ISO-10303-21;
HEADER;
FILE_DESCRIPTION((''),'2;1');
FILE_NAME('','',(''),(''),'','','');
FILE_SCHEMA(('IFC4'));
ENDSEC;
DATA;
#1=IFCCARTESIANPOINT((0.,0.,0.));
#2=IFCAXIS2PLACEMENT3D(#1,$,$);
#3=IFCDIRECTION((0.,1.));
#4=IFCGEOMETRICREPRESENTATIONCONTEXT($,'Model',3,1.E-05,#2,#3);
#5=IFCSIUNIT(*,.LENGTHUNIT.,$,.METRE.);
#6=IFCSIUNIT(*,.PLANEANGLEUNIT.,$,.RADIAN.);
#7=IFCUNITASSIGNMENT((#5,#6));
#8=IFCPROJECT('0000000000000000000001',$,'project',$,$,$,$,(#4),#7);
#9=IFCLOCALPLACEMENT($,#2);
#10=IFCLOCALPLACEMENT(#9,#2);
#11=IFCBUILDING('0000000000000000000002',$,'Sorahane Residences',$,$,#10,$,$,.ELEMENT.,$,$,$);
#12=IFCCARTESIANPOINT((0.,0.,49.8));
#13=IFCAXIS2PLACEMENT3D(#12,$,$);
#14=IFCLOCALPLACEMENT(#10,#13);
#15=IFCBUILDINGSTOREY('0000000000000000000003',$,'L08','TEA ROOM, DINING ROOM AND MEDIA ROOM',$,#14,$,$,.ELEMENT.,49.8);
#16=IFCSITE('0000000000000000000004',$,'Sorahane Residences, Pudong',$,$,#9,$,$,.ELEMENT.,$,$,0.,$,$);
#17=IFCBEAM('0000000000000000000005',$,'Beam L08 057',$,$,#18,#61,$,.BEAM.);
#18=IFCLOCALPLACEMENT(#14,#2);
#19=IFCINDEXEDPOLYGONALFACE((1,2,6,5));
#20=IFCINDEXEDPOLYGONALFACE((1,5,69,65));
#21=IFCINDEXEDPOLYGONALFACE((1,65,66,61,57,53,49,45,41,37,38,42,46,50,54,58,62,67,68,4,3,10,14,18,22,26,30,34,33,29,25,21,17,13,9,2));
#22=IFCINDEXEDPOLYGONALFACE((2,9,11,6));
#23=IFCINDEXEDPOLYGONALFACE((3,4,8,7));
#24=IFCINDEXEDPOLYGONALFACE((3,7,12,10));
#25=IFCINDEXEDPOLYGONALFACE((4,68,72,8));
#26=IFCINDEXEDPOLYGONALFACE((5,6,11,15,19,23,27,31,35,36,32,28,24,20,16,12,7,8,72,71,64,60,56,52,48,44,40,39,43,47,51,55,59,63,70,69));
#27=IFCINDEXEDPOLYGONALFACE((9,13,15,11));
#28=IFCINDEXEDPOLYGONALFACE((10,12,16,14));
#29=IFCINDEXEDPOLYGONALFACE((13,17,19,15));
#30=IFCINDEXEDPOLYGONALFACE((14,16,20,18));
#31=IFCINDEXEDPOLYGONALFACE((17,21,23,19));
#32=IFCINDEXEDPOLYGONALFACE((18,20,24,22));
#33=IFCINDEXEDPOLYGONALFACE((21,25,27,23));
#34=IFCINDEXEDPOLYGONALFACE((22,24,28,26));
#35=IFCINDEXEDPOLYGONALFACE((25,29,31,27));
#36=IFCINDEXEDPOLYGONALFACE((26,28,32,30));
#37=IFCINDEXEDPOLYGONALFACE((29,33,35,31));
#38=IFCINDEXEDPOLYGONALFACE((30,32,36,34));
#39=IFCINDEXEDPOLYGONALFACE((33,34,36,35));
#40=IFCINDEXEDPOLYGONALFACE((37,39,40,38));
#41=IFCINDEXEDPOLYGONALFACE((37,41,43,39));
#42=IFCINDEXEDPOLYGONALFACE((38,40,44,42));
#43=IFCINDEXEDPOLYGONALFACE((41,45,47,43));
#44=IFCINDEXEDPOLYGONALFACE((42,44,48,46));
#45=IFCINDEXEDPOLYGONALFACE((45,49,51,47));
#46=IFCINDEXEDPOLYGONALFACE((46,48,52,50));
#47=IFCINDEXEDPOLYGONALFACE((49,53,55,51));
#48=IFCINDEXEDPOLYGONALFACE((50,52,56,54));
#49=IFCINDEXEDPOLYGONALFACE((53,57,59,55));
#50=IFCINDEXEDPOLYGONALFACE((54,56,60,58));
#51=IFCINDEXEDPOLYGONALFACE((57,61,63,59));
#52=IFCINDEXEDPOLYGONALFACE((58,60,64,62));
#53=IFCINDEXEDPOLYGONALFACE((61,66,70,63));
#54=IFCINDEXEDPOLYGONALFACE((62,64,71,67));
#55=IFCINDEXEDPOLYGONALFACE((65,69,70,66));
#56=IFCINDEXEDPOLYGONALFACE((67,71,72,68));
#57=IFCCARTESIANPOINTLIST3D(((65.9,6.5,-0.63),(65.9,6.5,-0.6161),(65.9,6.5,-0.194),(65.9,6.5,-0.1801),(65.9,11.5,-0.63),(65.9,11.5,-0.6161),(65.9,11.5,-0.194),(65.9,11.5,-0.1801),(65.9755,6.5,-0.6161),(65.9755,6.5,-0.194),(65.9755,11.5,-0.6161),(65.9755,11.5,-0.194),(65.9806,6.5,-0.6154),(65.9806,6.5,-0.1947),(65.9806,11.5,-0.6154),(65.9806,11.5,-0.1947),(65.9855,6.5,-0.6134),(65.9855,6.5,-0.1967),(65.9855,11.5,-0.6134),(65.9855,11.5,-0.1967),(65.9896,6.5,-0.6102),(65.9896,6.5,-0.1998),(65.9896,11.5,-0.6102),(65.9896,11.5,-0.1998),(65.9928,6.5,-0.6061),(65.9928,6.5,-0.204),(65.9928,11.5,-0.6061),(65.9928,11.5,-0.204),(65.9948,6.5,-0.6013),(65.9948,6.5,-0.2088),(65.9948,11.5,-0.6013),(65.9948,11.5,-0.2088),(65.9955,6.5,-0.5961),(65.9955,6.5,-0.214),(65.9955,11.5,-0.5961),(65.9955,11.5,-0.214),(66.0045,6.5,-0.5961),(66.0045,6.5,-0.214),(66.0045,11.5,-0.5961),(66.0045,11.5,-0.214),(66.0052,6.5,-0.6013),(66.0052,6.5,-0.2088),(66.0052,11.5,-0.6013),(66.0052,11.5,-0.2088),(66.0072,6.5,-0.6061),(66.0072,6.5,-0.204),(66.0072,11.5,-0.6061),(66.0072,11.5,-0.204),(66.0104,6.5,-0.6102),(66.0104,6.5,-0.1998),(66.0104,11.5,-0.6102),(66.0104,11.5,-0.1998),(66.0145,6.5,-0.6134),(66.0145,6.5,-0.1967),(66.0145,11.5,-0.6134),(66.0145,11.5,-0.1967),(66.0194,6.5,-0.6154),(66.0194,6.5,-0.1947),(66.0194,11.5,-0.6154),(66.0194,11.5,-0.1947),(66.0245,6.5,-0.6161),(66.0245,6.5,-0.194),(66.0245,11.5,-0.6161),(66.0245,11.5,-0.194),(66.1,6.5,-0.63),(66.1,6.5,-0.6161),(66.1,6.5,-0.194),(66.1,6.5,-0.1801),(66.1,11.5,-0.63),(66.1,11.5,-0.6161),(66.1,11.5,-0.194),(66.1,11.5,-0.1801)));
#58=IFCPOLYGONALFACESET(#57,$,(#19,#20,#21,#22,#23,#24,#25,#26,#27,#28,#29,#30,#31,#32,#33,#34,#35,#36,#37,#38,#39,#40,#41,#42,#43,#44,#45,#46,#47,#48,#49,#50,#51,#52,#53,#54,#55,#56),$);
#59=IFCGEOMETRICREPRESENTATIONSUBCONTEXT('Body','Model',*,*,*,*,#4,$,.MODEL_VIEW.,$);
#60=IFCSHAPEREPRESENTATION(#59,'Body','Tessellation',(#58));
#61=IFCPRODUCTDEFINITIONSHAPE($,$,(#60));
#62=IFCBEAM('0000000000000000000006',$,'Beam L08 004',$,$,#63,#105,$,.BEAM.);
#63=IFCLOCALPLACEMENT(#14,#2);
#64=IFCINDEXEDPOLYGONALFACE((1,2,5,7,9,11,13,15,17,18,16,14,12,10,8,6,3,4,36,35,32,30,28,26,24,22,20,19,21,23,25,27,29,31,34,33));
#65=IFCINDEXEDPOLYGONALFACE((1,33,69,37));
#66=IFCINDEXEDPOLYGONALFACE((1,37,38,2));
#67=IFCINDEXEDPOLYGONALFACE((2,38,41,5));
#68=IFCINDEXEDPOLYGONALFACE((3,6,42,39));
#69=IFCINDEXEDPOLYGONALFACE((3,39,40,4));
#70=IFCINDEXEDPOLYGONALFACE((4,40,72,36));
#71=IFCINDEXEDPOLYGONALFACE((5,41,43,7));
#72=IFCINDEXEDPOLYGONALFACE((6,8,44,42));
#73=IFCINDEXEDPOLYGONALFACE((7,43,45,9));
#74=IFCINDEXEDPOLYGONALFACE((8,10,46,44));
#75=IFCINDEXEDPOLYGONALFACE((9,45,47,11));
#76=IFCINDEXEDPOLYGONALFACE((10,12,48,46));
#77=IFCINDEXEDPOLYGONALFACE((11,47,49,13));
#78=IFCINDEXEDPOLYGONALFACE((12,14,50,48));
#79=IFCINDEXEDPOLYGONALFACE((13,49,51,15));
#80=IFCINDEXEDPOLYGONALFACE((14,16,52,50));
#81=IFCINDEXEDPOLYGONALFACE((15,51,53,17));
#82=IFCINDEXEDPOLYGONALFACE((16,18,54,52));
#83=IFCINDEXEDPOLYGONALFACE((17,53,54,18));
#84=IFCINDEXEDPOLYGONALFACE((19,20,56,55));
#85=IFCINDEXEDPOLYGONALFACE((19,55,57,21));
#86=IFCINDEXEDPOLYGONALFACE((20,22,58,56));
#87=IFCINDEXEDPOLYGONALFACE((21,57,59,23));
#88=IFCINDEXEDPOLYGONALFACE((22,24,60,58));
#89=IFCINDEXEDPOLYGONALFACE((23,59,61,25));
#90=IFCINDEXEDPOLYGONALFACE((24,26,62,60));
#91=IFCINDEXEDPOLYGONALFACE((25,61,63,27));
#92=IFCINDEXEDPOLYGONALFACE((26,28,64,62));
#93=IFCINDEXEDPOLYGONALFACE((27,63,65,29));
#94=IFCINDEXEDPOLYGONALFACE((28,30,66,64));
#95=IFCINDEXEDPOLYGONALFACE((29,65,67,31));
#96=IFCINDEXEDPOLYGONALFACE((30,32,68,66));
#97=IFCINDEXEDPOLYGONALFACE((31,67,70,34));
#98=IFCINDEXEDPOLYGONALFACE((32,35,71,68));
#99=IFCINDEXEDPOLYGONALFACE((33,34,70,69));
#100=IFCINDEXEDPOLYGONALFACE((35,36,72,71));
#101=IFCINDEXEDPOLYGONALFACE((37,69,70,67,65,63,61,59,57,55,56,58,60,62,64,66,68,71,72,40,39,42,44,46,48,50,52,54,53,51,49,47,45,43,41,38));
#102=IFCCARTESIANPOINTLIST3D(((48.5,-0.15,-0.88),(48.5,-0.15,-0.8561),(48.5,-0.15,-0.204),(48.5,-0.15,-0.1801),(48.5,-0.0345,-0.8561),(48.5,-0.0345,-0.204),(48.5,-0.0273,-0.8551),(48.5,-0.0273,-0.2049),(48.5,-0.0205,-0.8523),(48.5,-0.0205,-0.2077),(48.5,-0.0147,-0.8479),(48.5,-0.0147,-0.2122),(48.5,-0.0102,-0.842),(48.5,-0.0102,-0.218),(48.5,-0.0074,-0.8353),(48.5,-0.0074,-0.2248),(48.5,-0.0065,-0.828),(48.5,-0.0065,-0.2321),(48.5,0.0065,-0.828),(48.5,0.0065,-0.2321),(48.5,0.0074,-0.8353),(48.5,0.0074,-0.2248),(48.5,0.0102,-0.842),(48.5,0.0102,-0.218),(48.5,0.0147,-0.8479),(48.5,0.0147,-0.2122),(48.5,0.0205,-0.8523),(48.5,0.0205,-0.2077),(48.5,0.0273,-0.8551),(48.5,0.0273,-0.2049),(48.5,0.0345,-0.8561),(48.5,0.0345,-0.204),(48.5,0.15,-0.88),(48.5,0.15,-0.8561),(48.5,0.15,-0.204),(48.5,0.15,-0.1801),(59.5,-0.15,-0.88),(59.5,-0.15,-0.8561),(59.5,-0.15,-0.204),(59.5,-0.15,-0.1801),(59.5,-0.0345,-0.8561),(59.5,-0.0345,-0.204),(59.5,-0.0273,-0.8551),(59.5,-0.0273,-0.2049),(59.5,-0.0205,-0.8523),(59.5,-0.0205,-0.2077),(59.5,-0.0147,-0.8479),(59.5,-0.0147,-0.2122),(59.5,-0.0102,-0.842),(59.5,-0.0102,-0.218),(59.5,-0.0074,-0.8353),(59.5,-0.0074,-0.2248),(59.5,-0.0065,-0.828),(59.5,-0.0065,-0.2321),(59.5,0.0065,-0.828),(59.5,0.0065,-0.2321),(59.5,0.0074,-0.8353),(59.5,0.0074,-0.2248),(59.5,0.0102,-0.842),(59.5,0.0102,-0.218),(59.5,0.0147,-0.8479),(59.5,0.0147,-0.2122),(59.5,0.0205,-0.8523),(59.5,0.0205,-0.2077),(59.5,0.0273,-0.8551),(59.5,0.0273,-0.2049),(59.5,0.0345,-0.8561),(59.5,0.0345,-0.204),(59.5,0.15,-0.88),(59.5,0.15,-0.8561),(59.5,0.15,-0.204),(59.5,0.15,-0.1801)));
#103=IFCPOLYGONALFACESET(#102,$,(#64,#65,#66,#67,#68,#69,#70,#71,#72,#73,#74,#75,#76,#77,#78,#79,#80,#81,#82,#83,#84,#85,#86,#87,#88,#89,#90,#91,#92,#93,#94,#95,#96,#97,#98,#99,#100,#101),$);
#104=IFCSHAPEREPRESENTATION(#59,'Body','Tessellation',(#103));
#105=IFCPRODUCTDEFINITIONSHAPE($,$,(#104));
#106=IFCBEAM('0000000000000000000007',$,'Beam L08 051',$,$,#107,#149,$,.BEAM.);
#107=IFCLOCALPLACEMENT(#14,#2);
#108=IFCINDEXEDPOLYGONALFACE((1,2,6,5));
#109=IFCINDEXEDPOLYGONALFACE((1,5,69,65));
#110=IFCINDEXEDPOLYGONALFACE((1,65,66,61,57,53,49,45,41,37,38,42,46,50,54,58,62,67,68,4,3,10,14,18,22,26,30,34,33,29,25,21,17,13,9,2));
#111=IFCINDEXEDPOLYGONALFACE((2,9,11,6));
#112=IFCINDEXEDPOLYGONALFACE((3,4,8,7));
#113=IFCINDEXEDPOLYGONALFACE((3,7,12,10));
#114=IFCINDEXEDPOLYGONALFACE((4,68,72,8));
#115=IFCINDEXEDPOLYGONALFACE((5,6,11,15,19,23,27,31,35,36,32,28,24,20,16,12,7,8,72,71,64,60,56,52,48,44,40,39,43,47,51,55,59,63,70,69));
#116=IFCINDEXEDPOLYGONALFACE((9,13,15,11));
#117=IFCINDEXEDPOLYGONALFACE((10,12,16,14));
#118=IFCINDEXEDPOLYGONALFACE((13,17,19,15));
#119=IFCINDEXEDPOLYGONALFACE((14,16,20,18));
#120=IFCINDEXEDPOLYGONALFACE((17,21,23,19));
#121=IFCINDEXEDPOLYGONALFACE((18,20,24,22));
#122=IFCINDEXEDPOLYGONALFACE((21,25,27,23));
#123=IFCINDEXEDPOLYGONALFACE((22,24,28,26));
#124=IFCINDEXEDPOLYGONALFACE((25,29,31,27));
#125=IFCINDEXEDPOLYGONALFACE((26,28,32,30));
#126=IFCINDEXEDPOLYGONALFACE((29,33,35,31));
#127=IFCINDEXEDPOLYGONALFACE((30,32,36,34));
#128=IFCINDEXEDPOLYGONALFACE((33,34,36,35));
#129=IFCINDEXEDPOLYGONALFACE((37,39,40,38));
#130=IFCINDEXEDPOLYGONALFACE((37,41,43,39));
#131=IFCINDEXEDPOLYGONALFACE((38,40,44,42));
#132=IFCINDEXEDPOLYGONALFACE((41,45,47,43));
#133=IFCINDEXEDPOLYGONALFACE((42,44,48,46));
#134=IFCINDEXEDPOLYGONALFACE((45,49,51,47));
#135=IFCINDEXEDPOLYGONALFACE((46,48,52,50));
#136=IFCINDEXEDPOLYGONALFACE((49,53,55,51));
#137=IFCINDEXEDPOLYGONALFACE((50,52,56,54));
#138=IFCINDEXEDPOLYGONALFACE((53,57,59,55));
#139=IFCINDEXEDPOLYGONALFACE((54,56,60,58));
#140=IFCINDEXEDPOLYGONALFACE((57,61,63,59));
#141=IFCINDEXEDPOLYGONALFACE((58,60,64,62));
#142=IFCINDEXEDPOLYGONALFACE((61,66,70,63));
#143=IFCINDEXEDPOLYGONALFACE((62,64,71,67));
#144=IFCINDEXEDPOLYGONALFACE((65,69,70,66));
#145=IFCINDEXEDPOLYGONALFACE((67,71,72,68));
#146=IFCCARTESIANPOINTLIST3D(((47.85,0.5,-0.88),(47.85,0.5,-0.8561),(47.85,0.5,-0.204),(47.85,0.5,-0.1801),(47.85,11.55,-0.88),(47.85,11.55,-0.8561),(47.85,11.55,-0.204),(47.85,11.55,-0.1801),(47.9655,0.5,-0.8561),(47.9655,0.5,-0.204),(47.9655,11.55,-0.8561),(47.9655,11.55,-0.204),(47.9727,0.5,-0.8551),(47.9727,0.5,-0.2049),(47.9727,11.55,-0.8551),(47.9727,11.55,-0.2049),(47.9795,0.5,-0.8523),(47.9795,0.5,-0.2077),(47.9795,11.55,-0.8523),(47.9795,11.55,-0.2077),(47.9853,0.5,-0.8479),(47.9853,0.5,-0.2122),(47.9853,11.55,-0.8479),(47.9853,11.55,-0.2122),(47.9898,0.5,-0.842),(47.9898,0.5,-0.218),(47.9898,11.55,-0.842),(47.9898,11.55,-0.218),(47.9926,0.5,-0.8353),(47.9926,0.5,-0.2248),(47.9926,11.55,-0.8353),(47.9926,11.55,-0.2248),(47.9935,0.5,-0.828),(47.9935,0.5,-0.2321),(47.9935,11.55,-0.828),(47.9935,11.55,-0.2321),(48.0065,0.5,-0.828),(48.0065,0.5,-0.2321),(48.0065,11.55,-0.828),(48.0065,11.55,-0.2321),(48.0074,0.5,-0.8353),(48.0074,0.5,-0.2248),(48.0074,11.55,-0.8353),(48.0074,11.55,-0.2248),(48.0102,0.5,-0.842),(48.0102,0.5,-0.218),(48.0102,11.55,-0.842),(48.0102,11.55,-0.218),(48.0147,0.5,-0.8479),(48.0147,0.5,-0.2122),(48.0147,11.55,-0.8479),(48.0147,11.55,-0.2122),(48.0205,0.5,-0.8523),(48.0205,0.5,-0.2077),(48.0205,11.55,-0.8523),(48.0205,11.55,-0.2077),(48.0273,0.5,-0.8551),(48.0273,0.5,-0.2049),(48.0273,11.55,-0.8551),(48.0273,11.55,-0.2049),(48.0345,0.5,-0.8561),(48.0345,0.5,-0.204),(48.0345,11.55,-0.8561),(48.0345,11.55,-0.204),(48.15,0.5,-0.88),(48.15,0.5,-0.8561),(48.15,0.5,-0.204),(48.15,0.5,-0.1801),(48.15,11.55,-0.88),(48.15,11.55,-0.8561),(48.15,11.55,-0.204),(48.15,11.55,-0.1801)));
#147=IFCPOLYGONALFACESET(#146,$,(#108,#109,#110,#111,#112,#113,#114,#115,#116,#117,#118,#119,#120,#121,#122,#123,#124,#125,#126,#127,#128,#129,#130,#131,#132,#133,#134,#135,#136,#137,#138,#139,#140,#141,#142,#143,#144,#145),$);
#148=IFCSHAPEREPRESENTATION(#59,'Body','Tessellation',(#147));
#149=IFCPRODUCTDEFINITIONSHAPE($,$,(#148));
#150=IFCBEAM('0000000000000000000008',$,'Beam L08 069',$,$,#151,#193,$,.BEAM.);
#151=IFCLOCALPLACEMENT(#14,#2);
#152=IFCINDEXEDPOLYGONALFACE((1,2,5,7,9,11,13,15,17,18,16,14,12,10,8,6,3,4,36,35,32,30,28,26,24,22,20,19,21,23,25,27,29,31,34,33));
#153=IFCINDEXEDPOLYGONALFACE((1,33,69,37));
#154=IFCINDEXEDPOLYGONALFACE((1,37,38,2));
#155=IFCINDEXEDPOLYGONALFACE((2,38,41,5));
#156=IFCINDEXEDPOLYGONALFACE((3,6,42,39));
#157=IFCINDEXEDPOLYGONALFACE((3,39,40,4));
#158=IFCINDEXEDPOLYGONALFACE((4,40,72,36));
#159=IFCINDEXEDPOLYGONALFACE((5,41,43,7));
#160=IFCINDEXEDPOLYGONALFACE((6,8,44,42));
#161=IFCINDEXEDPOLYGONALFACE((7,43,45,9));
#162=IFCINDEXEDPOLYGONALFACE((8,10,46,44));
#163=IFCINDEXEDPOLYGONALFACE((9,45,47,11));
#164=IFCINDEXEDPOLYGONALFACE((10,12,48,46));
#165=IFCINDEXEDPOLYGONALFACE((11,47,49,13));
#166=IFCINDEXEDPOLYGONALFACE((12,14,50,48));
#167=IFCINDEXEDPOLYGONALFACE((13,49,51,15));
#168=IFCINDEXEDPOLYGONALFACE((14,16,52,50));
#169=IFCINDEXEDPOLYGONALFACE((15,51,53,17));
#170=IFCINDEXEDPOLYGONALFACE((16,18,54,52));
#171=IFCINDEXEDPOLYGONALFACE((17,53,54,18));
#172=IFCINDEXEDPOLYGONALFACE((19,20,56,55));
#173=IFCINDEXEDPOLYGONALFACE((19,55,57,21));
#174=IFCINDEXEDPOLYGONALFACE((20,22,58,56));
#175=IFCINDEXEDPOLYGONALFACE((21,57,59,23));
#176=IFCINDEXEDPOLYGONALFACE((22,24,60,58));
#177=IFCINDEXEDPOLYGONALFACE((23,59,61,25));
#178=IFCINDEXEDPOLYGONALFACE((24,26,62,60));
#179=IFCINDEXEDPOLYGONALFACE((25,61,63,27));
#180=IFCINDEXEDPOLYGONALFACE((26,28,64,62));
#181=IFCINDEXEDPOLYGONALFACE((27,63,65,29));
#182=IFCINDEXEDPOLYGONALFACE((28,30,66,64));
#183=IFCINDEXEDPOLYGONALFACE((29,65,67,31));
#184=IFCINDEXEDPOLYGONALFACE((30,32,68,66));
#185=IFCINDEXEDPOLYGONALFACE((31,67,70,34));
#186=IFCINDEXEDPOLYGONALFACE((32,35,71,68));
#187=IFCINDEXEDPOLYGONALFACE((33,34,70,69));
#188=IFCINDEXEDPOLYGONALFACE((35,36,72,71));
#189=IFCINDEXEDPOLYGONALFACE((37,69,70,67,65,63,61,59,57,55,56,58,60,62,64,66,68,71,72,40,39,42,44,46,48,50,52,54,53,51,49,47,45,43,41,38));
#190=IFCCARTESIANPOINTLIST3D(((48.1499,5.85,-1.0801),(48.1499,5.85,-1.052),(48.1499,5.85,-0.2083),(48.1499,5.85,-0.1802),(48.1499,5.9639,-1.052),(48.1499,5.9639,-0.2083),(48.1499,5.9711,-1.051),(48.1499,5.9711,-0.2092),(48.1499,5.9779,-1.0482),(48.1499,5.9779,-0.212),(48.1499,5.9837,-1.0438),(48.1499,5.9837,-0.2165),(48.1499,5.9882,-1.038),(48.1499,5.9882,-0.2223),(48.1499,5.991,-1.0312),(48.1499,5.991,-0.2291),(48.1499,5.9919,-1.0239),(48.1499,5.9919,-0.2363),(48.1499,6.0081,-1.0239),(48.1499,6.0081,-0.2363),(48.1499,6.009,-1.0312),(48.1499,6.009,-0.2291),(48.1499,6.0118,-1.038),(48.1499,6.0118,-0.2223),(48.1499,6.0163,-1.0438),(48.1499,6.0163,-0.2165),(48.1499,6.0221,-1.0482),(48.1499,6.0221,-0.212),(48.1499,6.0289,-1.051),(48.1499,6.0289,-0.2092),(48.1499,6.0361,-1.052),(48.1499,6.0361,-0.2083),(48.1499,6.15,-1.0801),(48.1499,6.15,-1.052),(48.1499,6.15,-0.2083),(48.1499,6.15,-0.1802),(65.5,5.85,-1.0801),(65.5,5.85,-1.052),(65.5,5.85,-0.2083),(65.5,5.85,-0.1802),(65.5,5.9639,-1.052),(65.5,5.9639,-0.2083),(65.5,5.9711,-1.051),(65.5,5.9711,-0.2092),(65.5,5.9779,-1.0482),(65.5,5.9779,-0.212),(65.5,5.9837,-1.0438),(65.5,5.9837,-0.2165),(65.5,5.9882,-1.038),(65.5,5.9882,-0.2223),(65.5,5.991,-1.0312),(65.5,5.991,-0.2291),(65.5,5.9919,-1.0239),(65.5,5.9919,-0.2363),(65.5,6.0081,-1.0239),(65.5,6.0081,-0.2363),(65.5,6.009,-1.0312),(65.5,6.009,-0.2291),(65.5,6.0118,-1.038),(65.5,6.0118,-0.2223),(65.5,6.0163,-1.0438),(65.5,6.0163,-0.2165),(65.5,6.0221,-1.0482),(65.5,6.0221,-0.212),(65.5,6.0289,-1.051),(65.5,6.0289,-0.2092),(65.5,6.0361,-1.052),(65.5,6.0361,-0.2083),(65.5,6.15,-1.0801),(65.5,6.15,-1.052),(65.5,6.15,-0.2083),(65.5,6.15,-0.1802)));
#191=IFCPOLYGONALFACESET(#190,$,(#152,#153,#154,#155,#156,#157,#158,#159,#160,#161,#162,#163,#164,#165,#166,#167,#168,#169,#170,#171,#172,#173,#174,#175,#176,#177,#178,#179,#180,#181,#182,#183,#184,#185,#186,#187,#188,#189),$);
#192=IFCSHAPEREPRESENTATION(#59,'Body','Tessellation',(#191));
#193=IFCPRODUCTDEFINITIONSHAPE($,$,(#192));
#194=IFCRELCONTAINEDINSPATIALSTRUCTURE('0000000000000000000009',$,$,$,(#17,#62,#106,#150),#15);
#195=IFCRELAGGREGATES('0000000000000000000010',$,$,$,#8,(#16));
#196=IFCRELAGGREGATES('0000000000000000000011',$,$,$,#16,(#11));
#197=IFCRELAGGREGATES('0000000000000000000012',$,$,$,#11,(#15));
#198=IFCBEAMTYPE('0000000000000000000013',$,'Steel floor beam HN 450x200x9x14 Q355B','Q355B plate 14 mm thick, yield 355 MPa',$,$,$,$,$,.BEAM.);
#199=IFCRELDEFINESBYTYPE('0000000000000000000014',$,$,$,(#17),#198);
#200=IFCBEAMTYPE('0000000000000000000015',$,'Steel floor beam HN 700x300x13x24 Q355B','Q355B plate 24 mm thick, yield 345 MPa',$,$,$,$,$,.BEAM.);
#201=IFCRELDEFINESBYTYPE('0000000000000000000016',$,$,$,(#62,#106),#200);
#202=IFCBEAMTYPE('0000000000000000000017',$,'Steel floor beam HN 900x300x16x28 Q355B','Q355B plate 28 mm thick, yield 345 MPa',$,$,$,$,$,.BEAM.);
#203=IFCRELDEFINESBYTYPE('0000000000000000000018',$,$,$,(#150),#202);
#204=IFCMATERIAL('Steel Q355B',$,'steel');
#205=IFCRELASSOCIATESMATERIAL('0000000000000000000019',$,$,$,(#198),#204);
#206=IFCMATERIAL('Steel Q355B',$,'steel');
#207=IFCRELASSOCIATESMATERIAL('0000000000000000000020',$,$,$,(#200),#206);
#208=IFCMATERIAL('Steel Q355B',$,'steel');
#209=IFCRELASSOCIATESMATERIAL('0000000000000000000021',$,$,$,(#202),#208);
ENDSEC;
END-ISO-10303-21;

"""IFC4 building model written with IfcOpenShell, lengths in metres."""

from ifc_helpers import new_model, si_unit, direction, frame, origin, origin_2d, place, context, subcontext, project, spatial, i_section, extrude, material, material_profile, profile_set, type_object, element, save


model = new_model("IFC4")

# Units and contexts
model_context = context("Model", 3, precision=1e-05, world=origin(), true_north=direction((0.0, 1.0)))
body_context = subcontext(model_context, "Body", "Model", "MODEL_VIEW")
ifc_project = project(units=[si_unit("LENGTHUNIT", "METRE"), si_unit("PLANEANGLEUNIT", "RADIAN")], contexts=[model_context])

# Site, building, storey
site_placement = place(None, origin())
site = spatial("IfcSite", under=ifc_project, at=site_placement, Name="Sorahane Residences, Pudong", CompositionType="ELEMENT", RefElevation=0.0)
building_placement = place(site_placement, origin())
building = spatial("IfcBuilding", under=site, at=building_placement, Name="Sorahane Residences", CompositionType="ELEMENT")
storey_placement = place(building_placement, frame((0.0, 0.0, 49.8)))
storey = spatial("IfcBuildingStorey", under=building, at=storey_placement, Name="L08", Description="TEA ROOM, DINING ROOM AND MEDIA ROOM", CompositionType="ELEMENT", Elevation=49.8)

# Beams
ifc_material_1 = material(Name="Steel Q355B", Category="steel")
ifc_material_profile_1 = material_profile(ifc_material_1, i_section(OverallWidth=0.2, OverallDepth=0.45, WebThickness=0.009, FlangeThickness=0.0139, FilletRadius=0.02, at=origin_2d()), Name="HN 450x200x9x14")
ifc_profile_set_1 = profile_set([ifc_material_profile_1], Name="Steel Q355B")
beam_type_1 = type_object("IfcBeamType", Name="Steel floor beam HN 450x200x9x14 Q355B", Description="Q355B plate 14 mm thick, yield 355 MPa", PredefinedType="BEAM", material=ifc_profile_set_1)
beam_1_placement = place(storey_placement, frame((66.0, 6.5, -0.405), z_axis=(0.0, 1.0, 0.0), x_axis=(-1.0, 0.0, 0.0)))
element("IfcBeam", 1, at=beam_1_placement, inside=storey, type_object=beam_type_1, Name="Beam L08 057", PredefinedType="BEAM", context=body_context, shape_type="SweptSolid", body=[
    extrude(i_section(OverallWidth=0.2, OverallDepth=0.45, WebThickness=0.009, FlangeThickness=0.0139, FilletRadius=0.02, at=origin_2d()), origin(), (0.0, 0.0, 1.0), 5.0),
])
ifc_material_2 = material(Name="Steel Q355B", Category="steel")
ifc_material_profile_2 = material_profile(ifc_material_2, i_section(OverallWidth=0.3, OverallDepth=0.7, WebThickness=0.0129, FlangeThickness=0.0239, FilletRadius=0.0281, at=origin_2d()), Name="HN 700x300x13x24")
ifc_profile_set_2 = profile_set([ifc_material_profile_2], Name="Steel Q355B")
beam_type_2 = type_object("IfcBeamType", Name="Steel floor beam HN 700x300x13x24 Q355B", Description="Q355B plate 24 mm thick, yield 345 MPa", PredefinedType="BEAM", material=ifc_profile_set_2)
beam_2_placement = place(storey_placement, frame((48.5, 0.0, -0.53), z_axis=(1.0, 0.0, 0.0), x_axis=(0.0, 1.0, 0.0)))
element("IfcBeam", 2, at=beam_2_placement, inside=storey, type_object=beam_type_2, Name="Beam L08 004", PredefinedType="BEAM", context=body_context, shape_type="SweptSolid", body=[
    extrude(i_section(OverallWidth=0.3, OverallDepth=0.7, WebThickness=0.0129, FlangeThickness=0.0239, FilletRadius=0.0281, at=origin_2d()), origin(), (0.0, 0.0, 1.0), 11.0),
])
beam_3_placement = place(storey_placement, frame((48.0, 0.5, -0.53), z_axis=(0.0, 1.0, 0.0), x_axis=(-1.0, 0.0, 0.0)))
element("IfcBeam", 3, at=beam_3_placement, inside=storey, type_object=beam_type_2, Name="Beam L08 051", PredefinedType="BEAM", context=body_context, shape_type="SweptSolid", body=[
    extrude(i_section(OverallWidth=0.3, OverallDepth=0.7, WebThickness=0.0129, FlangeThickness=0.0239, FilletRadius=0.0281, at=origin_2d()), origin(), (0.0, 0.0, 1.0), 11.05),
])
ifc_material_3 = material(Name="Steel Q355B", Category="steel")
ifc_material_profile_3 = material_profile(ifc_material_3, i_section(OverallWidth=0.3, OverallDepth=0.8999, WebThickness=0.0161, FlangeThickness=0.0281, FilletRadius=0.0281, at=origin_2d()), Name="HN 900x300x16x28")
ifc_profile_set_3 = profile_set([ifc_material_profile_3], Name="Steel Q355B")
beam_type_3 = type_object("IfcBeamType", Name="Steel floor beam HN 900x300x16x28 Q355B", Description="Q355B plate 28 mm thick, yield 345 MPa", PredefinedType="BEAM", material=ifc_profile_set_3)
beam_4_placement = place(storey_placement, frame((48.1499, 6.0, -0.6301), z_axis=(1.0, 0.0, 0.0), x_axis=(0.0, 1.0, 0.0)))
element("IfcBeam", 4, at=beam_4_placement, inside=storey, type_object=beam_type_3, Name="Beam L08 069", PredefinedType="BEAM", context=body_context, shape_type="SweptSolid", body=[
    extrude(i_section(OverallWidth=0.3, OverallDepth=0.8999, WebThickness=0.0161, FlangeThickness=0.0281, FilletRadius=0.0281, at=origin_2d()), origin(), (0.0, 0.0, 1.0), 17.3501),
])

save(model, "model.ifc")
